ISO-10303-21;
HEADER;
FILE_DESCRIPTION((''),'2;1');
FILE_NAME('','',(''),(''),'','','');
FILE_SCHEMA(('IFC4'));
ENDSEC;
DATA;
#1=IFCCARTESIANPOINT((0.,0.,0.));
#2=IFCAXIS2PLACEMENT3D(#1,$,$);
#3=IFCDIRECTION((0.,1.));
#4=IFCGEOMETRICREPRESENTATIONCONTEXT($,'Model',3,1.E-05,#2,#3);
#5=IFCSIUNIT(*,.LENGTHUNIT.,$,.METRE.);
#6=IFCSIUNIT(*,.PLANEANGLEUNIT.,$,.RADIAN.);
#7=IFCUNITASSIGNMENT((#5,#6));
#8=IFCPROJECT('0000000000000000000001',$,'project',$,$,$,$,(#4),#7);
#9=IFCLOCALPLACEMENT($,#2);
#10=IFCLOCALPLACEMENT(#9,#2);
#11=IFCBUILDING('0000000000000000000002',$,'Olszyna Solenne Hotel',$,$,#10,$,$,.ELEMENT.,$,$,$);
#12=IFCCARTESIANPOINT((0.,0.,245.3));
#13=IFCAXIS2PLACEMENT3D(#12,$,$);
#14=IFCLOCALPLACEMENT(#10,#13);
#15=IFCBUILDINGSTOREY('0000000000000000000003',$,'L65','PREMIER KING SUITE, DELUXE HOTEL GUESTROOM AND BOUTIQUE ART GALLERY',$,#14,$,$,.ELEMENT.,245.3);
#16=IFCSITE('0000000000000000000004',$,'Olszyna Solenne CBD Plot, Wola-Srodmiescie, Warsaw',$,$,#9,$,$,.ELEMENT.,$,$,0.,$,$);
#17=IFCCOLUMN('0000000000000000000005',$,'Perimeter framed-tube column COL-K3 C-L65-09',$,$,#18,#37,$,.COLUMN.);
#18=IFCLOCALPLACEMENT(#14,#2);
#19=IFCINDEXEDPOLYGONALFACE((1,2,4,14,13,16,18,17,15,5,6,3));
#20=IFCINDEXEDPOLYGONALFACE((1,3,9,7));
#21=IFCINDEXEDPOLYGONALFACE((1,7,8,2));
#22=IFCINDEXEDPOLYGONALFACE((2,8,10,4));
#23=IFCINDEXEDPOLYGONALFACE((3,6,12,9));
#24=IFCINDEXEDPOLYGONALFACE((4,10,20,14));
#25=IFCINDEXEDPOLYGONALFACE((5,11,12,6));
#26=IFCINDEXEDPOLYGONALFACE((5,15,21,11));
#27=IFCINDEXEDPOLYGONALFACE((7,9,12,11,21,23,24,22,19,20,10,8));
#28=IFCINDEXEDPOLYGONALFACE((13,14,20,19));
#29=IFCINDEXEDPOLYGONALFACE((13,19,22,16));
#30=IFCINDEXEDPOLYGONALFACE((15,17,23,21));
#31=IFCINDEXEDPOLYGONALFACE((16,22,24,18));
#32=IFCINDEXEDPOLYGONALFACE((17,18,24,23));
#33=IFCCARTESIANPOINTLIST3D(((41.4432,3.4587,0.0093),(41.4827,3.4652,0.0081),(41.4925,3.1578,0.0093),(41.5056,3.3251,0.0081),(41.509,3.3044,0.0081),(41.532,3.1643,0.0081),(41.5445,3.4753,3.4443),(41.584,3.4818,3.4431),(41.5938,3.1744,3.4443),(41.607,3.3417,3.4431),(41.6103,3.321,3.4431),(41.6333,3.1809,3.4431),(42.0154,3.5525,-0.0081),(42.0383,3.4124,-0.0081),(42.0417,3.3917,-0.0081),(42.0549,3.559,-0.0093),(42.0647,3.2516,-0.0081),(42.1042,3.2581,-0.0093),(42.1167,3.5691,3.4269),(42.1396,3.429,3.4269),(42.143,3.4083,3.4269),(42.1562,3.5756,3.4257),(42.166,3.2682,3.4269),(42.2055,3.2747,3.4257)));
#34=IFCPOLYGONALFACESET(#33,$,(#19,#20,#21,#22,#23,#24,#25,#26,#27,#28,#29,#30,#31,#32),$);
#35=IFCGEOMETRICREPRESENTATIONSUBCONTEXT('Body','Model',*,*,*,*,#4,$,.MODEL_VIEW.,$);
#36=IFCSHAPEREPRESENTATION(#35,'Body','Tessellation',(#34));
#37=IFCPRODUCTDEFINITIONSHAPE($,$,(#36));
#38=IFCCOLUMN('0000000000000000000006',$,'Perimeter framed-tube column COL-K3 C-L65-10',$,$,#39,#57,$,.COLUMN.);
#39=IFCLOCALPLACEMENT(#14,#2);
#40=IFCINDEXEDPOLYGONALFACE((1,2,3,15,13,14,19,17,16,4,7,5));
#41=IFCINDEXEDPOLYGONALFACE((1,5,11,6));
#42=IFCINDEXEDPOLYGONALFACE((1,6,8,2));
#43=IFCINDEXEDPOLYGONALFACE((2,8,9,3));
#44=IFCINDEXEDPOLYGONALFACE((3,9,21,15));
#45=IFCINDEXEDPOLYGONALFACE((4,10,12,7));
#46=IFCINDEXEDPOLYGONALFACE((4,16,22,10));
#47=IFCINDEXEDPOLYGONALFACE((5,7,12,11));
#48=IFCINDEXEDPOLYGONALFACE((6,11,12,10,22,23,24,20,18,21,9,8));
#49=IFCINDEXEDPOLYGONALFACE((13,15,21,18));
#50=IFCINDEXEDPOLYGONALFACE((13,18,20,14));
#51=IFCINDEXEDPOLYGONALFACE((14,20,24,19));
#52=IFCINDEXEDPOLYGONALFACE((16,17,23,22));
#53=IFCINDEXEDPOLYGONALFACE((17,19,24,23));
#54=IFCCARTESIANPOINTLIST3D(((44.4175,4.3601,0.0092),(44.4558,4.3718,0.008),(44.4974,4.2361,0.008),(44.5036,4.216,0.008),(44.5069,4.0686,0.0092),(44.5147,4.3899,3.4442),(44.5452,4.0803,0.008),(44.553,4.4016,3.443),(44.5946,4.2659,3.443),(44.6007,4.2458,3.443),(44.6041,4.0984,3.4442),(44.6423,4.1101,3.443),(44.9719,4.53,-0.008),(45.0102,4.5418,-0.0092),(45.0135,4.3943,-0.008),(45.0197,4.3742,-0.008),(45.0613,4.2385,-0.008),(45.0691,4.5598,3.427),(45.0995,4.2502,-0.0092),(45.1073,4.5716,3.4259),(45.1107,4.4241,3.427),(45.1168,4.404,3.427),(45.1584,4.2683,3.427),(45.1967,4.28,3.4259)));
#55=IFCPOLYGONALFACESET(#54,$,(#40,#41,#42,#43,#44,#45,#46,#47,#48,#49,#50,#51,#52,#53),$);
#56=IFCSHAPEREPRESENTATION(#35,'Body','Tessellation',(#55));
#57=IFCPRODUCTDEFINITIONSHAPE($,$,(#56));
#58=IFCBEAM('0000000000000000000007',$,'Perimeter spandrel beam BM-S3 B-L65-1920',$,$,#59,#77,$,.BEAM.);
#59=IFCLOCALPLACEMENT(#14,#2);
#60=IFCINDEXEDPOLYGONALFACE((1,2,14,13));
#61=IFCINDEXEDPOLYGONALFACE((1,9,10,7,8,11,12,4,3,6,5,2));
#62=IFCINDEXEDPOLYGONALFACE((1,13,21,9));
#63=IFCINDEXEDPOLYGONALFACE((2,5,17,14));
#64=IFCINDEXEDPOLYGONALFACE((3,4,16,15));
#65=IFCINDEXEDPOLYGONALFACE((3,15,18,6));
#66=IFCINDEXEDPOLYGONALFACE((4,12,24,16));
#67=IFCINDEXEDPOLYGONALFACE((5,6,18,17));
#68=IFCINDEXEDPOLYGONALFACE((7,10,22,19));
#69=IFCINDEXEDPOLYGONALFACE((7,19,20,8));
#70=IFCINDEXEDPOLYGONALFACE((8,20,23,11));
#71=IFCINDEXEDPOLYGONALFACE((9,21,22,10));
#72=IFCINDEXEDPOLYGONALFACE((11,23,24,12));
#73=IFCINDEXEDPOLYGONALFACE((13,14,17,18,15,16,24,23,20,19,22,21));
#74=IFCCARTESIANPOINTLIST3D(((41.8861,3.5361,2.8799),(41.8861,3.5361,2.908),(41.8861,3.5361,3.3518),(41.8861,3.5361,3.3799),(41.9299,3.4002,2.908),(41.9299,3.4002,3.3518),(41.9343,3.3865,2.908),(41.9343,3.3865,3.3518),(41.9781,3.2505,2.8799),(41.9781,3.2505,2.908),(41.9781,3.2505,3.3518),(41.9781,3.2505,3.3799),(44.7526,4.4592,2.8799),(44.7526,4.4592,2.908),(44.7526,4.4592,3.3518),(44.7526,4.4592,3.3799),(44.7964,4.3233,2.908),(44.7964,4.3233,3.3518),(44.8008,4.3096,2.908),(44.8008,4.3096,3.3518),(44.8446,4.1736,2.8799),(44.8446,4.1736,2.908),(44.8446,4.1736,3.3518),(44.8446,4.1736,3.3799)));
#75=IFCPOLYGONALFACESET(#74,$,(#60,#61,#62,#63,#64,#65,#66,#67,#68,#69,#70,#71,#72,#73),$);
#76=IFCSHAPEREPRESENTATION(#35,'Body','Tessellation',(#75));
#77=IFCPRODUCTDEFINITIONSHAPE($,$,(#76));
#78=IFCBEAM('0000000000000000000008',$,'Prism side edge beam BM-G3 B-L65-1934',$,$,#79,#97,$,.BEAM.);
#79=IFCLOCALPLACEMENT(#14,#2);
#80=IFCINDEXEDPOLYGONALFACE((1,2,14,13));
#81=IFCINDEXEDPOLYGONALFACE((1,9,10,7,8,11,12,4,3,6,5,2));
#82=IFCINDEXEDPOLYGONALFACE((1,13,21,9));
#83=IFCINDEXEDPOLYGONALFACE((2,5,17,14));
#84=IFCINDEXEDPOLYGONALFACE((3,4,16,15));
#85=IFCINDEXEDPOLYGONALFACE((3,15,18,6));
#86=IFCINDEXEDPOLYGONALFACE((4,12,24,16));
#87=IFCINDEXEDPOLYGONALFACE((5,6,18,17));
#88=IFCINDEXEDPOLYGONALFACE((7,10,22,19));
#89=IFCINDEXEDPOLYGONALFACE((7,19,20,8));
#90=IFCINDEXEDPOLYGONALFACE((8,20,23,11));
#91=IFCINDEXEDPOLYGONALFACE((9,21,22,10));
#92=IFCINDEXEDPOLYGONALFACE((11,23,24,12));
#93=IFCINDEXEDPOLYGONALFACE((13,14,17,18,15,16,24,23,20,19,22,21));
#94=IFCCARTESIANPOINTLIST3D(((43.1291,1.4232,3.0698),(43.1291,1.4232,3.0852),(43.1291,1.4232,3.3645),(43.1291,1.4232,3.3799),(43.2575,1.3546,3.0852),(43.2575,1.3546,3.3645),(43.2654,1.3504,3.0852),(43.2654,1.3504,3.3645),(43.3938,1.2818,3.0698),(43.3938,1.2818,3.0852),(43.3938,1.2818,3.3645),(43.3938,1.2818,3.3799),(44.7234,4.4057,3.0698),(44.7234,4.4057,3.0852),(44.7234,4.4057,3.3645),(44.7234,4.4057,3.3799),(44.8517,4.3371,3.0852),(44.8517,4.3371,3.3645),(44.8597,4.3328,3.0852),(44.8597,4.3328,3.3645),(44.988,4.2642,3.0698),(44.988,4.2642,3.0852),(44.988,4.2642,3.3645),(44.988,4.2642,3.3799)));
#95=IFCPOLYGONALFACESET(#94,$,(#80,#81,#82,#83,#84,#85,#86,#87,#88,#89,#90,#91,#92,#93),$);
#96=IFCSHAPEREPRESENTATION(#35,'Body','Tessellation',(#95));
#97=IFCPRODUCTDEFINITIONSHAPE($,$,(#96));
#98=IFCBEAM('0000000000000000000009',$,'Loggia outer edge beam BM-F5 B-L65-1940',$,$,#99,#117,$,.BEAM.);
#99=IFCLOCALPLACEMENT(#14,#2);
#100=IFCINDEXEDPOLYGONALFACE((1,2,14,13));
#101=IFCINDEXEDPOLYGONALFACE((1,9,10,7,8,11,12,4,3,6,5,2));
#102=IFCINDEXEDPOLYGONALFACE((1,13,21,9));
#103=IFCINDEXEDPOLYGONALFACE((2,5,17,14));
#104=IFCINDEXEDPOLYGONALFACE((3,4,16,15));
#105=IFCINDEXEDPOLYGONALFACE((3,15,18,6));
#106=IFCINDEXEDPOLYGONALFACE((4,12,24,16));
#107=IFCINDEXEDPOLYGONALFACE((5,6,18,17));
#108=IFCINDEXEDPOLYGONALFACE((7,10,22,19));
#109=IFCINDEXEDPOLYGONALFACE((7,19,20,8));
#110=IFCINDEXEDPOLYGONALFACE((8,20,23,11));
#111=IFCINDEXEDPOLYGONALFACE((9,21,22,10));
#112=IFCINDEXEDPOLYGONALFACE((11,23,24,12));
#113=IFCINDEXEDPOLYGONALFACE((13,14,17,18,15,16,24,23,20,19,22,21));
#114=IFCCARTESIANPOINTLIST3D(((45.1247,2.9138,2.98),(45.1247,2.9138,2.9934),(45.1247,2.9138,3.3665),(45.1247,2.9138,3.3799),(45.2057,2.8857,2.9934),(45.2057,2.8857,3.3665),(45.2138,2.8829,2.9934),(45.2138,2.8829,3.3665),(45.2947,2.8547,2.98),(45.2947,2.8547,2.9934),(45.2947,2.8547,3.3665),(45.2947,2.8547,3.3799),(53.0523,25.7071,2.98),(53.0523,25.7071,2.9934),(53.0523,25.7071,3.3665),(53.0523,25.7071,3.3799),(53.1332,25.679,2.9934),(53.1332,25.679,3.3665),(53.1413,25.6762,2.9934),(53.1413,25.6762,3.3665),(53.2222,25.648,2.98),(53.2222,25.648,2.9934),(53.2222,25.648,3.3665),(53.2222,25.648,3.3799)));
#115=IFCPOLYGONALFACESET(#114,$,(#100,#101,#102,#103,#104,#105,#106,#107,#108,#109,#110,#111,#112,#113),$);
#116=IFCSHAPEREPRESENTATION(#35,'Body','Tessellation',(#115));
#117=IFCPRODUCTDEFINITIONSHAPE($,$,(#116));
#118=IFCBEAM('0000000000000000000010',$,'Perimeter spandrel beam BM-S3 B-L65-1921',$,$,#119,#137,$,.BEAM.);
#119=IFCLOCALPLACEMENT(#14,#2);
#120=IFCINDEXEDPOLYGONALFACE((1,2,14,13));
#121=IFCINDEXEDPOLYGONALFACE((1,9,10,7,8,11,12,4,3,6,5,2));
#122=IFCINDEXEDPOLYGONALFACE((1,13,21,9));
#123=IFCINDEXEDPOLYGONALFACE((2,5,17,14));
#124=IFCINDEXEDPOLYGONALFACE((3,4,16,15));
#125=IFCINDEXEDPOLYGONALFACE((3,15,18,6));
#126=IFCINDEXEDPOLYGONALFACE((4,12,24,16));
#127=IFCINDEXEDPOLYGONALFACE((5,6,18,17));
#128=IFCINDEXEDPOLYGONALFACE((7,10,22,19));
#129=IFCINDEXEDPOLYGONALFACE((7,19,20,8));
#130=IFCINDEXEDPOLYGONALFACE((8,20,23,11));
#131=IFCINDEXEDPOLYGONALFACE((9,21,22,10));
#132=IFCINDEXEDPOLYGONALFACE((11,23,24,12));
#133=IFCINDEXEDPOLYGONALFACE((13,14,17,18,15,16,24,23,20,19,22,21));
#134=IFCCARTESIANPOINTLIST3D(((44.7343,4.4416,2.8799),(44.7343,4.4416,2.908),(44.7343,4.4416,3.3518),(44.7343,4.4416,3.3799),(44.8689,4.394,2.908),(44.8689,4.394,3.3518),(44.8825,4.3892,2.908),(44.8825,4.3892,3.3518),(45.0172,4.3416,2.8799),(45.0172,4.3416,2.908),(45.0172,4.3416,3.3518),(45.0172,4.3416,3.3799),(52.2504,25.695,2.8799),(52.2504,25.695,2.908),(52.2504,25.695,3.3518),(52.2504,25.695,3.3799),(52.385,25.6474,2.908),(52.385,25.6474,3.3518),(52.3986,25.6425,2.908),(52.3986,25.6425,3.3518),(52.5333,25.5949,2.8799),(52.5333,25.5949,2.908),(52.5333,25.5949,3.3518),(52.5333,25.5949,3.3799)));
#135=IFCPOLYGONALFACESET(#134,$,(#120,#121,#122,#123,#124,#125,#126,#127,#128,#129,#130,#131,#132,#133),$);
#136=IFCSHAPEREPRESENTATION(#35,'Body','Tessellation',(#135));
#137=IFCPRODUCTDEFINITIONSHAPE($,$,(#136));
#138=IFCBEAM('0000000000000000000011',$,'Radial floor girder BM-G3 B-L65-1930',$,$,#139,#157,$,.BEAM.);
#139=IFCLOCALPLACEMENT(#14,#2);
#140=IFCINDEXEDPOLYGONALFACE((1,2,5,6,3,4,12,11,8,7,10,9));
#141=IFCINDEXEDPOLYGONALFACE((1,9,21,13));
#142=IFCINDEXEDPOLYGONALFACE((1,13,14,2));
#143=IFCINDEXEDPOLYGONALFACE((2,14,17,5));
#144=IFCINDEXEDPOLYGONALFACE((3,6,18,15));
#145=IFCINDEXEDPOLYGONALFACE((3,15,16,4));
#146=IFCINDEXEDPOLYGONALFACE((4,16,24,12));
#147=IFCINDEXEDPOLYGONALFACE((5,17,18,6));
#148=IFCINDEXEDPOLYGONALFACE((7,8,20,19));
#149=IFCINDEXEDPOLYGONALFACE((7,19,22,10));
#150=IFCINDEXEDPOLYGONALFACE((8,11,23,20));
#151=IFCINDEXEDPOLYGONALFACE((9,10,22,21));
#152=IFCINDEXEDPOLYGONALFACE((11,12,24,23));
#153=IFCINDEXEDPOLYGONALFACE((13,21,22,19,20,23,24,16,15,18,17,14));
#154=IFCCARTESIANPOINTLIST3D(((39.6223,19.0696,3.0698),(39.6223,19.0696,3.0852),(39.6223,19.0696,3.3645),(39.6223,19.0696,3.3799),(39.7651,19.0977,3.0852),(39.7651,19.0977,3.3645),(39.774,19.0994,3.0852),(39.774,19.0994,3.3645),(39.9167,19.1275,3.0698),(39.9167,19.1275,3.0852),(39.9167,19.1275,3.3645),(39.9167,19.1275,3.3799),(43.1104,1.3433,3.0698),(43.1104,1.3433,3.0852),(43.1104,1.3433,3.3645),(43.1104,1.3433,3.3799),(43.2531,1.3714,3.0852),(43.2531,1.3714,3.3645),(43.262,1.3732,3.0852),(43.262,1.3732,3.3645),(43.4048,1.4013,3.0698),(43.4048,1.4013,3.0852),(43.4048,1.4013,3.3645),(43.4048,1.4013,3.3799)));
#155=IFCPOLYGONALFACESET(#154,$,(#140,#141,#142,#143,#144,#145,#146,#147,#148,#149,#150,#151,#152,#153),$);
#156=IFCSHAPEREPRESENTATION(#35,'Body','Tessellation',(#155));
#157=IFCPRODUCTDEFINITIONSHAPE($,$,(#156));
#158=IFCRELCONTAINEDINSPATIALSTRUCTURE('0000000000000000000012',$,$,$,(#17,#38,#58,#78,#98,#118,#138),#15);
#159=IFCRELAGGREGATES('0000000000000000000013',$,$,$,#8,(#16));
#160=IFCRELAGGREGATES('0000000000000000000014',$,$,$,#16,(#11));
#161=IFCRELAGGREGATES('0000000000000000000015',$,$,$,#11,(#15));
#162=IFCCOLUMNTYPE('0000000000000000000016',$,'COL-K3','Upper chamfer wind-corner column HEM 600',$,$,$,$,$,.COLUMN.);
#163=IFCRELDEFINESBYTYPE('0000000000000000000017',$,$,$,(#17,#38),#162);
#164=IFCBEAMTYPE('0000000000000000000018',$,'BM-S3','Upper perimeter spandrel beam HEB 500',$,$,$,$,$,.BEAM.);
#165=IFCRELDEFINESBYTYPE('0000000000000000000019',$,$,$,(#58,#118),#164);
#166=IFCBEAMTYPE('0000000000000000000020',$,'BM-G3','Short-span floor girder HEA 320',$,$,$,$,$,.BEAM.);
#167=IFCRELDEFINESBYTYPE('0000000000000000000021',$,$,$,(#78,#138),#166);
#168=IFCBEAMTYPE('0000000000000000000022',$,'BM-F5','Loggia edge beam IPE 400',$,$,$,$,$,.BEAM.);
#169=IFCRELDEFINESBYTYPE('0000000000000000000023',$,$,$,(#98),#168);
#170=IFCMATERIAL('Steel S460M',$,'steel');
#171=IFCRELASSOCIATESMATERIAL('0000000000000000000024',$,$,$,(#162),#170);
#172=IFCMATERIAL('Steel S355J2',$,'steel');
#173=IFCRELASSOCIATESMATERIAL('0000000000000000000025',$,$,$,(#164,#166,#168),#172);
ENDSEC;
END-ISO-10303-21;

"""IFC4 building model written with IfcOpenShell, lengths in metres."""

from ifc_helpers import new_model, si_unit, direction, frame, origin, origin_2d, place, context, subcontext, project, spatial, i_section, extrude, source, transform, mapped, material, material_profile, profile_set, type_object, element, save


model = new_model("IFC4")

# Units and contexts
model_context = context("Model", 3, precision=1e-05, world=origin(), true_north=direction((0.0, 1.0)))
body_context = subcontext(model_context, "Body", "Model", "MODEL_VIEW")
ifc_project = project(units=[si_unit("LENGTHUNIT", "METRE"), si_unit("PLANEANGLEUNIT", "RADIAN")], contexts=[model_context])

# Site, building, storey
site_placement = place(None, origin())
site = spatial("IfcSite", under=ifc_project, at=site_placement, Name="Olszyna Solenne CBD Plot, Wola-Srodmiescie, Warsaw", CompositionType="ELEMENT", RefElevation=0.0)
building_placement = place(site_placement, origin())
building = spatial("IfcBuilding", under=site, at=building_placement, Name="Olszyna Solenne Hotel", CompositionType="ELEMENT")
storey_placement = place(building_placement, frame((0.0, 0.0, 245.3)))
storey = spatial("IfcBuildingStorey", under=building, at=storey_placement, Name="L65", Description="PREMIER KING SUITE, DELUXE HOTEL GUESTROOM AND BOUTIQUE ART GALLERY", CompositionType="ELEMENT", Elevation=245.3)

# Columns
ifc_material_1 = material(Name="Steel S460M", Category="steel")
ifc_material_profile_1 = material_profile(ifc_material_1, i_section(OverallWidth=0.3049, OverallDepth=0.6201, WebThickness=0.021, FlangeThickness=0.04, at=origin_2d()), Name="HEM 600", Category="load-bearing")
ifc_profile_set_1 = profile_set([ifc_material_profile_1], Name="Steel S460M")
column_type = type_object("IfcColumnType", Name="COL-K3", Description="Upper chamfer wind-corner column HEM 600", PredefinedType="COLUMN", material=ifc_profile_set_1)
shared_shape_1 = source(origin(), body_context, "Body", "SweptSolid", [
    extrude(i_section(OverallWidth=0.3049, OverallDepth=0.6201, WebThickness=0.021, FlangeThickness=0.04, at=origin_2d()), origin(), (0.0, 0.0, 1.0), 3.4365),
])
for number, where, z_axis, x_axis, name in (
    (1, (41.7737, 3.3584, 0.0), (0.029482, 0.004831, 0.999554), (-0.161699, 0.98684, 0.0), "Perimeter framed-tube column COL-K3 C-L65-09"),
    (2, (44.7585, 4.3052, 0.0), (0.028275, 0.008667, 0.999563), (-0.293073, 0.95609, 0.0), "Perimeter framed-tube column COL-K3 C-L65-10"),
):
    element("IfcColumn", number, at=place(storey_placement, frame(where, z_axis=z_axis, x_axis=x_axis)), inside=storey, type_object=column_type, Name=name, PredefinedType="COLUMN", context=body_context, shape_type="MappedRepresentation", body=[
        mapped(shared_shape_1, transform((0.0, 0.0, 0.0), x_axis=(1.0, 0.0, 0.0), y_axis=(0.0, 1.0, 0.0), z_axis=(0.0, 0.0, 1.0), scale=1.0)),
    ])

# Beams
ifc_material_2 = material(Name="Steel S355J2", Category="steel")
ifc_material_profile_2 = material_profile(ifc_material_2, i_section(OverallWidth=0.3, OverallDepth=0.5, WebThickness=0.0144, FlangeThickness=0.0281, at=origin_2d()), Name="HEB 500", Category="load-bearing")
ifc_profile_set_2 = profile_set([ifc_material_profile_2], Name="Steel S355J2")
beam_type_1 = type_object("IfcBeamType", Name="BM-S3", Description="Upper perimeter spandrel beam HEB 500", PredefinedType="BEAM", material=ifc_profile_set_2)
shared_shape_2 = source(origin(), body_context, "Body", "SweptSolid", [
    extrude(i_section(OverallWidth=0.3, OverallDepth=0.5, WebThickness=0.0144, FlangeThickness=0.0281, at=origin_2d()), origin(), (0.0, 0.0, 1.0), 3.0115),
])
beam_1_placement = place(storey_placement, frame((41.9321, 3.3933, 3.1299), z_axis=(0.951861, 0.306531, 0.0), x_axis=(-0.306531, 0.951861, 0.0)))
element("IfcBeam", 3, at=beam_1_placement, inside=storey, type_object=beam_type_1, Name="Perimeter spandrel beam BM-S3 B-L65-1920", PredefinedType="BEAM", context=body_context, shape_type="MappedRepresentation", body=[
    mapped(shared_shape_2, transform((0.0, 0.0, 0.0), x_axis=(1.0, 0.0, 0.0), y_axis=(0.0, 1.0, 0.0), z_axis=(0.0, 0.0, 1.0), scale=1.0)),
])
ifc_material_profile_3 = material_profile(ifc_material_2, i_section(OverallWidth=0.3, OverallDepth=0.3101, WebThickness=0.009, FlangeThickness=0.0154, at=origin_2d()), Name="HEA 320", Category="load-bearing")
ifc_profile_set_3 = profile_set([ifc_material_profile_3], Name="Steel S355J2")
beam_type_2 = type_object("IfcBeamType", Name="BM-G3", Description="Short-span floor girder HEA 320", PredefinedType="BEAM", material=ifc_profile_set_3)
shared_shape_3 = source(origin(), body_context, "Body", "SweptSolid", [
    extrude(i_section(OverallWidth=0.3, OverallDepth=0.3101, WebThickness=0.009, FlangeThickness=0.0154, at=origin_2d()), origin(), (0.0, 0.0, 1.0), 3.3818),
])
beam_2_placement = place(storey_placement, frame((44.8557, 4.335, 3.2249), z_axis=(-0.47142, -0.881909, 0.0), x_axis=(0.881909, -0.47142, 0.0)))
element("IfcBeam", 4, at=beam_2_placement, inside=storey, type_object=beam_type_2, Name="Prism side edge beam BM-G3 B-L65-1934", PredefinedType="BEAM", context=body_context, shape_type="MappedRepresentation", body=[
    mapped(shared_shape_3, transform((0.0, 0.0, 0.0), x_axis=(1.0, 0.0, 0.0), y_axis=(0.0, 1.0, 0.0), z_axis=(0.0, 0.0, 1.0), scale=1.0)),
])
ifc_material_profile_4 = material_profile(ifc_material_2, i_section(OverallWidth=0.1799, OverallDepth=0.3999, WebThickness=0.0085, FlangeThickness=0.0134, at=origin_2d()), Name="IPE 400", Category="load-bearing")
ifc_profile_set_4 = profile_set([ifc_material_profile_4], Name="Steel S355J2")
beam_type_3 = type_object("IfcBeamType", Name="BM-F5", Description="Loggia edge beam IPE 400", PredefinedType="BEAM", material=ifc_profile_set_4)
shared_shape_4 = source(origin(), body_context, "Body", "SweptSolid", [
    extrude(i_section(OverallWidth=0.1799, OverallDepth=0.3999, WebThickness=0.0085, FlangeThickness=0.0134, at=origin_2d()), origin(), (0.0, 0.0, 1.0), 24.1326),
])
beam_3_placement = place(storey_placement, frame((45.2097, 2.8843, 3.1799), z_axis=(0.328499, 0.944504, 0.0), x_axis=(-0.944504, 0.328499, 0.0)))
element("IfcBeam", 5, at=beam_3_placement, inside=storey, type_object=beam_type_3, Name="Loggia outer edge beam BM-F5 B-L65-1940", PredefinedType="BEAM", context=body_context, shape_type="MappedRepresentation", body=[
    mapped(shared_shape_4, transform((0.0, 0.0, 0.0), x_axis=(1.0, 0.0, 0.0), y_axis=(0.0, 1.0, 0.0), z_axis=(0.0, 0.0, 1.0), scale=1.0)),
])
shared_shape_5 = source(origin(), body_context, "Body", "SweptSolid", [
    extrude(i_section(OverallWidth=0.3, OverallDepth=0.5, WebThickness=0.0144, FlangeThickness=0.0281, at=origin_2d()), origin(), (0.0, 0.0, 1.0), 22.5432),
])
beam_4_placement = place(storey_placement, frame((44.8757, 4.3916, 3.1299), z_axis=(0.333408, 0.942783, 0.0), x_axis=(-0.942783, 0.333408, 0.0)))
element("IfcBeam", 6, at=beam_4_placement, inside=storey, type_object=beam_type_1, Name="Perimeter spandrel beam BM-S3 B-L65-1921", PredefinedType="BEAM", context=body_context, shape_type="MappedRepresentation", body=[
    mapped(shared_shape_5, transform((0.0, 0.0, 0.0), x_axis=(1.0, 0.0, 0.0), y_axis=(0.0, 1.0, 0.0), z_axis=(0.0, 0.0, 1.0), scale=1.0)),
])
shared_shape_6 = source(origin(), body_context, "Body", "SweptSolid", [
    extrude(i_section(OverallWidth=0.3, OverallDepth=0.3101, WebThickness=0.009, FlangeThickness=0.0154, at=origin_2d()), origin(), (0.0, 0.0, 1.0), 18.0662),
])
beam_5_placement = place(storey_placement, frame((43.2576, 1.3723, 3.2249), z_axis=(-0.193069, 0.981185, 0.0), x_axis=(-0.981185, -0.193069, 0.0)))
element("IfcBeam", 7, at=beam_5_placement, inside=storey, type_object=beam_type_2, Name="Radial floor girder BM-G3 B-L65-1930", PredefinedType="BEAM", context=body_context, shape_type="MappedRepresentation", body=[
    mapped(shared_shape_6, transform((0.0, 0.0, 0.0), x_axis=(1.0, 0.0, 0.0), y_axis=(0.0, 1.0, 0.0), z_axis=(0.0, 0.0, 1.0), scale=1.0)),
])

save(model, "model.ifc")
